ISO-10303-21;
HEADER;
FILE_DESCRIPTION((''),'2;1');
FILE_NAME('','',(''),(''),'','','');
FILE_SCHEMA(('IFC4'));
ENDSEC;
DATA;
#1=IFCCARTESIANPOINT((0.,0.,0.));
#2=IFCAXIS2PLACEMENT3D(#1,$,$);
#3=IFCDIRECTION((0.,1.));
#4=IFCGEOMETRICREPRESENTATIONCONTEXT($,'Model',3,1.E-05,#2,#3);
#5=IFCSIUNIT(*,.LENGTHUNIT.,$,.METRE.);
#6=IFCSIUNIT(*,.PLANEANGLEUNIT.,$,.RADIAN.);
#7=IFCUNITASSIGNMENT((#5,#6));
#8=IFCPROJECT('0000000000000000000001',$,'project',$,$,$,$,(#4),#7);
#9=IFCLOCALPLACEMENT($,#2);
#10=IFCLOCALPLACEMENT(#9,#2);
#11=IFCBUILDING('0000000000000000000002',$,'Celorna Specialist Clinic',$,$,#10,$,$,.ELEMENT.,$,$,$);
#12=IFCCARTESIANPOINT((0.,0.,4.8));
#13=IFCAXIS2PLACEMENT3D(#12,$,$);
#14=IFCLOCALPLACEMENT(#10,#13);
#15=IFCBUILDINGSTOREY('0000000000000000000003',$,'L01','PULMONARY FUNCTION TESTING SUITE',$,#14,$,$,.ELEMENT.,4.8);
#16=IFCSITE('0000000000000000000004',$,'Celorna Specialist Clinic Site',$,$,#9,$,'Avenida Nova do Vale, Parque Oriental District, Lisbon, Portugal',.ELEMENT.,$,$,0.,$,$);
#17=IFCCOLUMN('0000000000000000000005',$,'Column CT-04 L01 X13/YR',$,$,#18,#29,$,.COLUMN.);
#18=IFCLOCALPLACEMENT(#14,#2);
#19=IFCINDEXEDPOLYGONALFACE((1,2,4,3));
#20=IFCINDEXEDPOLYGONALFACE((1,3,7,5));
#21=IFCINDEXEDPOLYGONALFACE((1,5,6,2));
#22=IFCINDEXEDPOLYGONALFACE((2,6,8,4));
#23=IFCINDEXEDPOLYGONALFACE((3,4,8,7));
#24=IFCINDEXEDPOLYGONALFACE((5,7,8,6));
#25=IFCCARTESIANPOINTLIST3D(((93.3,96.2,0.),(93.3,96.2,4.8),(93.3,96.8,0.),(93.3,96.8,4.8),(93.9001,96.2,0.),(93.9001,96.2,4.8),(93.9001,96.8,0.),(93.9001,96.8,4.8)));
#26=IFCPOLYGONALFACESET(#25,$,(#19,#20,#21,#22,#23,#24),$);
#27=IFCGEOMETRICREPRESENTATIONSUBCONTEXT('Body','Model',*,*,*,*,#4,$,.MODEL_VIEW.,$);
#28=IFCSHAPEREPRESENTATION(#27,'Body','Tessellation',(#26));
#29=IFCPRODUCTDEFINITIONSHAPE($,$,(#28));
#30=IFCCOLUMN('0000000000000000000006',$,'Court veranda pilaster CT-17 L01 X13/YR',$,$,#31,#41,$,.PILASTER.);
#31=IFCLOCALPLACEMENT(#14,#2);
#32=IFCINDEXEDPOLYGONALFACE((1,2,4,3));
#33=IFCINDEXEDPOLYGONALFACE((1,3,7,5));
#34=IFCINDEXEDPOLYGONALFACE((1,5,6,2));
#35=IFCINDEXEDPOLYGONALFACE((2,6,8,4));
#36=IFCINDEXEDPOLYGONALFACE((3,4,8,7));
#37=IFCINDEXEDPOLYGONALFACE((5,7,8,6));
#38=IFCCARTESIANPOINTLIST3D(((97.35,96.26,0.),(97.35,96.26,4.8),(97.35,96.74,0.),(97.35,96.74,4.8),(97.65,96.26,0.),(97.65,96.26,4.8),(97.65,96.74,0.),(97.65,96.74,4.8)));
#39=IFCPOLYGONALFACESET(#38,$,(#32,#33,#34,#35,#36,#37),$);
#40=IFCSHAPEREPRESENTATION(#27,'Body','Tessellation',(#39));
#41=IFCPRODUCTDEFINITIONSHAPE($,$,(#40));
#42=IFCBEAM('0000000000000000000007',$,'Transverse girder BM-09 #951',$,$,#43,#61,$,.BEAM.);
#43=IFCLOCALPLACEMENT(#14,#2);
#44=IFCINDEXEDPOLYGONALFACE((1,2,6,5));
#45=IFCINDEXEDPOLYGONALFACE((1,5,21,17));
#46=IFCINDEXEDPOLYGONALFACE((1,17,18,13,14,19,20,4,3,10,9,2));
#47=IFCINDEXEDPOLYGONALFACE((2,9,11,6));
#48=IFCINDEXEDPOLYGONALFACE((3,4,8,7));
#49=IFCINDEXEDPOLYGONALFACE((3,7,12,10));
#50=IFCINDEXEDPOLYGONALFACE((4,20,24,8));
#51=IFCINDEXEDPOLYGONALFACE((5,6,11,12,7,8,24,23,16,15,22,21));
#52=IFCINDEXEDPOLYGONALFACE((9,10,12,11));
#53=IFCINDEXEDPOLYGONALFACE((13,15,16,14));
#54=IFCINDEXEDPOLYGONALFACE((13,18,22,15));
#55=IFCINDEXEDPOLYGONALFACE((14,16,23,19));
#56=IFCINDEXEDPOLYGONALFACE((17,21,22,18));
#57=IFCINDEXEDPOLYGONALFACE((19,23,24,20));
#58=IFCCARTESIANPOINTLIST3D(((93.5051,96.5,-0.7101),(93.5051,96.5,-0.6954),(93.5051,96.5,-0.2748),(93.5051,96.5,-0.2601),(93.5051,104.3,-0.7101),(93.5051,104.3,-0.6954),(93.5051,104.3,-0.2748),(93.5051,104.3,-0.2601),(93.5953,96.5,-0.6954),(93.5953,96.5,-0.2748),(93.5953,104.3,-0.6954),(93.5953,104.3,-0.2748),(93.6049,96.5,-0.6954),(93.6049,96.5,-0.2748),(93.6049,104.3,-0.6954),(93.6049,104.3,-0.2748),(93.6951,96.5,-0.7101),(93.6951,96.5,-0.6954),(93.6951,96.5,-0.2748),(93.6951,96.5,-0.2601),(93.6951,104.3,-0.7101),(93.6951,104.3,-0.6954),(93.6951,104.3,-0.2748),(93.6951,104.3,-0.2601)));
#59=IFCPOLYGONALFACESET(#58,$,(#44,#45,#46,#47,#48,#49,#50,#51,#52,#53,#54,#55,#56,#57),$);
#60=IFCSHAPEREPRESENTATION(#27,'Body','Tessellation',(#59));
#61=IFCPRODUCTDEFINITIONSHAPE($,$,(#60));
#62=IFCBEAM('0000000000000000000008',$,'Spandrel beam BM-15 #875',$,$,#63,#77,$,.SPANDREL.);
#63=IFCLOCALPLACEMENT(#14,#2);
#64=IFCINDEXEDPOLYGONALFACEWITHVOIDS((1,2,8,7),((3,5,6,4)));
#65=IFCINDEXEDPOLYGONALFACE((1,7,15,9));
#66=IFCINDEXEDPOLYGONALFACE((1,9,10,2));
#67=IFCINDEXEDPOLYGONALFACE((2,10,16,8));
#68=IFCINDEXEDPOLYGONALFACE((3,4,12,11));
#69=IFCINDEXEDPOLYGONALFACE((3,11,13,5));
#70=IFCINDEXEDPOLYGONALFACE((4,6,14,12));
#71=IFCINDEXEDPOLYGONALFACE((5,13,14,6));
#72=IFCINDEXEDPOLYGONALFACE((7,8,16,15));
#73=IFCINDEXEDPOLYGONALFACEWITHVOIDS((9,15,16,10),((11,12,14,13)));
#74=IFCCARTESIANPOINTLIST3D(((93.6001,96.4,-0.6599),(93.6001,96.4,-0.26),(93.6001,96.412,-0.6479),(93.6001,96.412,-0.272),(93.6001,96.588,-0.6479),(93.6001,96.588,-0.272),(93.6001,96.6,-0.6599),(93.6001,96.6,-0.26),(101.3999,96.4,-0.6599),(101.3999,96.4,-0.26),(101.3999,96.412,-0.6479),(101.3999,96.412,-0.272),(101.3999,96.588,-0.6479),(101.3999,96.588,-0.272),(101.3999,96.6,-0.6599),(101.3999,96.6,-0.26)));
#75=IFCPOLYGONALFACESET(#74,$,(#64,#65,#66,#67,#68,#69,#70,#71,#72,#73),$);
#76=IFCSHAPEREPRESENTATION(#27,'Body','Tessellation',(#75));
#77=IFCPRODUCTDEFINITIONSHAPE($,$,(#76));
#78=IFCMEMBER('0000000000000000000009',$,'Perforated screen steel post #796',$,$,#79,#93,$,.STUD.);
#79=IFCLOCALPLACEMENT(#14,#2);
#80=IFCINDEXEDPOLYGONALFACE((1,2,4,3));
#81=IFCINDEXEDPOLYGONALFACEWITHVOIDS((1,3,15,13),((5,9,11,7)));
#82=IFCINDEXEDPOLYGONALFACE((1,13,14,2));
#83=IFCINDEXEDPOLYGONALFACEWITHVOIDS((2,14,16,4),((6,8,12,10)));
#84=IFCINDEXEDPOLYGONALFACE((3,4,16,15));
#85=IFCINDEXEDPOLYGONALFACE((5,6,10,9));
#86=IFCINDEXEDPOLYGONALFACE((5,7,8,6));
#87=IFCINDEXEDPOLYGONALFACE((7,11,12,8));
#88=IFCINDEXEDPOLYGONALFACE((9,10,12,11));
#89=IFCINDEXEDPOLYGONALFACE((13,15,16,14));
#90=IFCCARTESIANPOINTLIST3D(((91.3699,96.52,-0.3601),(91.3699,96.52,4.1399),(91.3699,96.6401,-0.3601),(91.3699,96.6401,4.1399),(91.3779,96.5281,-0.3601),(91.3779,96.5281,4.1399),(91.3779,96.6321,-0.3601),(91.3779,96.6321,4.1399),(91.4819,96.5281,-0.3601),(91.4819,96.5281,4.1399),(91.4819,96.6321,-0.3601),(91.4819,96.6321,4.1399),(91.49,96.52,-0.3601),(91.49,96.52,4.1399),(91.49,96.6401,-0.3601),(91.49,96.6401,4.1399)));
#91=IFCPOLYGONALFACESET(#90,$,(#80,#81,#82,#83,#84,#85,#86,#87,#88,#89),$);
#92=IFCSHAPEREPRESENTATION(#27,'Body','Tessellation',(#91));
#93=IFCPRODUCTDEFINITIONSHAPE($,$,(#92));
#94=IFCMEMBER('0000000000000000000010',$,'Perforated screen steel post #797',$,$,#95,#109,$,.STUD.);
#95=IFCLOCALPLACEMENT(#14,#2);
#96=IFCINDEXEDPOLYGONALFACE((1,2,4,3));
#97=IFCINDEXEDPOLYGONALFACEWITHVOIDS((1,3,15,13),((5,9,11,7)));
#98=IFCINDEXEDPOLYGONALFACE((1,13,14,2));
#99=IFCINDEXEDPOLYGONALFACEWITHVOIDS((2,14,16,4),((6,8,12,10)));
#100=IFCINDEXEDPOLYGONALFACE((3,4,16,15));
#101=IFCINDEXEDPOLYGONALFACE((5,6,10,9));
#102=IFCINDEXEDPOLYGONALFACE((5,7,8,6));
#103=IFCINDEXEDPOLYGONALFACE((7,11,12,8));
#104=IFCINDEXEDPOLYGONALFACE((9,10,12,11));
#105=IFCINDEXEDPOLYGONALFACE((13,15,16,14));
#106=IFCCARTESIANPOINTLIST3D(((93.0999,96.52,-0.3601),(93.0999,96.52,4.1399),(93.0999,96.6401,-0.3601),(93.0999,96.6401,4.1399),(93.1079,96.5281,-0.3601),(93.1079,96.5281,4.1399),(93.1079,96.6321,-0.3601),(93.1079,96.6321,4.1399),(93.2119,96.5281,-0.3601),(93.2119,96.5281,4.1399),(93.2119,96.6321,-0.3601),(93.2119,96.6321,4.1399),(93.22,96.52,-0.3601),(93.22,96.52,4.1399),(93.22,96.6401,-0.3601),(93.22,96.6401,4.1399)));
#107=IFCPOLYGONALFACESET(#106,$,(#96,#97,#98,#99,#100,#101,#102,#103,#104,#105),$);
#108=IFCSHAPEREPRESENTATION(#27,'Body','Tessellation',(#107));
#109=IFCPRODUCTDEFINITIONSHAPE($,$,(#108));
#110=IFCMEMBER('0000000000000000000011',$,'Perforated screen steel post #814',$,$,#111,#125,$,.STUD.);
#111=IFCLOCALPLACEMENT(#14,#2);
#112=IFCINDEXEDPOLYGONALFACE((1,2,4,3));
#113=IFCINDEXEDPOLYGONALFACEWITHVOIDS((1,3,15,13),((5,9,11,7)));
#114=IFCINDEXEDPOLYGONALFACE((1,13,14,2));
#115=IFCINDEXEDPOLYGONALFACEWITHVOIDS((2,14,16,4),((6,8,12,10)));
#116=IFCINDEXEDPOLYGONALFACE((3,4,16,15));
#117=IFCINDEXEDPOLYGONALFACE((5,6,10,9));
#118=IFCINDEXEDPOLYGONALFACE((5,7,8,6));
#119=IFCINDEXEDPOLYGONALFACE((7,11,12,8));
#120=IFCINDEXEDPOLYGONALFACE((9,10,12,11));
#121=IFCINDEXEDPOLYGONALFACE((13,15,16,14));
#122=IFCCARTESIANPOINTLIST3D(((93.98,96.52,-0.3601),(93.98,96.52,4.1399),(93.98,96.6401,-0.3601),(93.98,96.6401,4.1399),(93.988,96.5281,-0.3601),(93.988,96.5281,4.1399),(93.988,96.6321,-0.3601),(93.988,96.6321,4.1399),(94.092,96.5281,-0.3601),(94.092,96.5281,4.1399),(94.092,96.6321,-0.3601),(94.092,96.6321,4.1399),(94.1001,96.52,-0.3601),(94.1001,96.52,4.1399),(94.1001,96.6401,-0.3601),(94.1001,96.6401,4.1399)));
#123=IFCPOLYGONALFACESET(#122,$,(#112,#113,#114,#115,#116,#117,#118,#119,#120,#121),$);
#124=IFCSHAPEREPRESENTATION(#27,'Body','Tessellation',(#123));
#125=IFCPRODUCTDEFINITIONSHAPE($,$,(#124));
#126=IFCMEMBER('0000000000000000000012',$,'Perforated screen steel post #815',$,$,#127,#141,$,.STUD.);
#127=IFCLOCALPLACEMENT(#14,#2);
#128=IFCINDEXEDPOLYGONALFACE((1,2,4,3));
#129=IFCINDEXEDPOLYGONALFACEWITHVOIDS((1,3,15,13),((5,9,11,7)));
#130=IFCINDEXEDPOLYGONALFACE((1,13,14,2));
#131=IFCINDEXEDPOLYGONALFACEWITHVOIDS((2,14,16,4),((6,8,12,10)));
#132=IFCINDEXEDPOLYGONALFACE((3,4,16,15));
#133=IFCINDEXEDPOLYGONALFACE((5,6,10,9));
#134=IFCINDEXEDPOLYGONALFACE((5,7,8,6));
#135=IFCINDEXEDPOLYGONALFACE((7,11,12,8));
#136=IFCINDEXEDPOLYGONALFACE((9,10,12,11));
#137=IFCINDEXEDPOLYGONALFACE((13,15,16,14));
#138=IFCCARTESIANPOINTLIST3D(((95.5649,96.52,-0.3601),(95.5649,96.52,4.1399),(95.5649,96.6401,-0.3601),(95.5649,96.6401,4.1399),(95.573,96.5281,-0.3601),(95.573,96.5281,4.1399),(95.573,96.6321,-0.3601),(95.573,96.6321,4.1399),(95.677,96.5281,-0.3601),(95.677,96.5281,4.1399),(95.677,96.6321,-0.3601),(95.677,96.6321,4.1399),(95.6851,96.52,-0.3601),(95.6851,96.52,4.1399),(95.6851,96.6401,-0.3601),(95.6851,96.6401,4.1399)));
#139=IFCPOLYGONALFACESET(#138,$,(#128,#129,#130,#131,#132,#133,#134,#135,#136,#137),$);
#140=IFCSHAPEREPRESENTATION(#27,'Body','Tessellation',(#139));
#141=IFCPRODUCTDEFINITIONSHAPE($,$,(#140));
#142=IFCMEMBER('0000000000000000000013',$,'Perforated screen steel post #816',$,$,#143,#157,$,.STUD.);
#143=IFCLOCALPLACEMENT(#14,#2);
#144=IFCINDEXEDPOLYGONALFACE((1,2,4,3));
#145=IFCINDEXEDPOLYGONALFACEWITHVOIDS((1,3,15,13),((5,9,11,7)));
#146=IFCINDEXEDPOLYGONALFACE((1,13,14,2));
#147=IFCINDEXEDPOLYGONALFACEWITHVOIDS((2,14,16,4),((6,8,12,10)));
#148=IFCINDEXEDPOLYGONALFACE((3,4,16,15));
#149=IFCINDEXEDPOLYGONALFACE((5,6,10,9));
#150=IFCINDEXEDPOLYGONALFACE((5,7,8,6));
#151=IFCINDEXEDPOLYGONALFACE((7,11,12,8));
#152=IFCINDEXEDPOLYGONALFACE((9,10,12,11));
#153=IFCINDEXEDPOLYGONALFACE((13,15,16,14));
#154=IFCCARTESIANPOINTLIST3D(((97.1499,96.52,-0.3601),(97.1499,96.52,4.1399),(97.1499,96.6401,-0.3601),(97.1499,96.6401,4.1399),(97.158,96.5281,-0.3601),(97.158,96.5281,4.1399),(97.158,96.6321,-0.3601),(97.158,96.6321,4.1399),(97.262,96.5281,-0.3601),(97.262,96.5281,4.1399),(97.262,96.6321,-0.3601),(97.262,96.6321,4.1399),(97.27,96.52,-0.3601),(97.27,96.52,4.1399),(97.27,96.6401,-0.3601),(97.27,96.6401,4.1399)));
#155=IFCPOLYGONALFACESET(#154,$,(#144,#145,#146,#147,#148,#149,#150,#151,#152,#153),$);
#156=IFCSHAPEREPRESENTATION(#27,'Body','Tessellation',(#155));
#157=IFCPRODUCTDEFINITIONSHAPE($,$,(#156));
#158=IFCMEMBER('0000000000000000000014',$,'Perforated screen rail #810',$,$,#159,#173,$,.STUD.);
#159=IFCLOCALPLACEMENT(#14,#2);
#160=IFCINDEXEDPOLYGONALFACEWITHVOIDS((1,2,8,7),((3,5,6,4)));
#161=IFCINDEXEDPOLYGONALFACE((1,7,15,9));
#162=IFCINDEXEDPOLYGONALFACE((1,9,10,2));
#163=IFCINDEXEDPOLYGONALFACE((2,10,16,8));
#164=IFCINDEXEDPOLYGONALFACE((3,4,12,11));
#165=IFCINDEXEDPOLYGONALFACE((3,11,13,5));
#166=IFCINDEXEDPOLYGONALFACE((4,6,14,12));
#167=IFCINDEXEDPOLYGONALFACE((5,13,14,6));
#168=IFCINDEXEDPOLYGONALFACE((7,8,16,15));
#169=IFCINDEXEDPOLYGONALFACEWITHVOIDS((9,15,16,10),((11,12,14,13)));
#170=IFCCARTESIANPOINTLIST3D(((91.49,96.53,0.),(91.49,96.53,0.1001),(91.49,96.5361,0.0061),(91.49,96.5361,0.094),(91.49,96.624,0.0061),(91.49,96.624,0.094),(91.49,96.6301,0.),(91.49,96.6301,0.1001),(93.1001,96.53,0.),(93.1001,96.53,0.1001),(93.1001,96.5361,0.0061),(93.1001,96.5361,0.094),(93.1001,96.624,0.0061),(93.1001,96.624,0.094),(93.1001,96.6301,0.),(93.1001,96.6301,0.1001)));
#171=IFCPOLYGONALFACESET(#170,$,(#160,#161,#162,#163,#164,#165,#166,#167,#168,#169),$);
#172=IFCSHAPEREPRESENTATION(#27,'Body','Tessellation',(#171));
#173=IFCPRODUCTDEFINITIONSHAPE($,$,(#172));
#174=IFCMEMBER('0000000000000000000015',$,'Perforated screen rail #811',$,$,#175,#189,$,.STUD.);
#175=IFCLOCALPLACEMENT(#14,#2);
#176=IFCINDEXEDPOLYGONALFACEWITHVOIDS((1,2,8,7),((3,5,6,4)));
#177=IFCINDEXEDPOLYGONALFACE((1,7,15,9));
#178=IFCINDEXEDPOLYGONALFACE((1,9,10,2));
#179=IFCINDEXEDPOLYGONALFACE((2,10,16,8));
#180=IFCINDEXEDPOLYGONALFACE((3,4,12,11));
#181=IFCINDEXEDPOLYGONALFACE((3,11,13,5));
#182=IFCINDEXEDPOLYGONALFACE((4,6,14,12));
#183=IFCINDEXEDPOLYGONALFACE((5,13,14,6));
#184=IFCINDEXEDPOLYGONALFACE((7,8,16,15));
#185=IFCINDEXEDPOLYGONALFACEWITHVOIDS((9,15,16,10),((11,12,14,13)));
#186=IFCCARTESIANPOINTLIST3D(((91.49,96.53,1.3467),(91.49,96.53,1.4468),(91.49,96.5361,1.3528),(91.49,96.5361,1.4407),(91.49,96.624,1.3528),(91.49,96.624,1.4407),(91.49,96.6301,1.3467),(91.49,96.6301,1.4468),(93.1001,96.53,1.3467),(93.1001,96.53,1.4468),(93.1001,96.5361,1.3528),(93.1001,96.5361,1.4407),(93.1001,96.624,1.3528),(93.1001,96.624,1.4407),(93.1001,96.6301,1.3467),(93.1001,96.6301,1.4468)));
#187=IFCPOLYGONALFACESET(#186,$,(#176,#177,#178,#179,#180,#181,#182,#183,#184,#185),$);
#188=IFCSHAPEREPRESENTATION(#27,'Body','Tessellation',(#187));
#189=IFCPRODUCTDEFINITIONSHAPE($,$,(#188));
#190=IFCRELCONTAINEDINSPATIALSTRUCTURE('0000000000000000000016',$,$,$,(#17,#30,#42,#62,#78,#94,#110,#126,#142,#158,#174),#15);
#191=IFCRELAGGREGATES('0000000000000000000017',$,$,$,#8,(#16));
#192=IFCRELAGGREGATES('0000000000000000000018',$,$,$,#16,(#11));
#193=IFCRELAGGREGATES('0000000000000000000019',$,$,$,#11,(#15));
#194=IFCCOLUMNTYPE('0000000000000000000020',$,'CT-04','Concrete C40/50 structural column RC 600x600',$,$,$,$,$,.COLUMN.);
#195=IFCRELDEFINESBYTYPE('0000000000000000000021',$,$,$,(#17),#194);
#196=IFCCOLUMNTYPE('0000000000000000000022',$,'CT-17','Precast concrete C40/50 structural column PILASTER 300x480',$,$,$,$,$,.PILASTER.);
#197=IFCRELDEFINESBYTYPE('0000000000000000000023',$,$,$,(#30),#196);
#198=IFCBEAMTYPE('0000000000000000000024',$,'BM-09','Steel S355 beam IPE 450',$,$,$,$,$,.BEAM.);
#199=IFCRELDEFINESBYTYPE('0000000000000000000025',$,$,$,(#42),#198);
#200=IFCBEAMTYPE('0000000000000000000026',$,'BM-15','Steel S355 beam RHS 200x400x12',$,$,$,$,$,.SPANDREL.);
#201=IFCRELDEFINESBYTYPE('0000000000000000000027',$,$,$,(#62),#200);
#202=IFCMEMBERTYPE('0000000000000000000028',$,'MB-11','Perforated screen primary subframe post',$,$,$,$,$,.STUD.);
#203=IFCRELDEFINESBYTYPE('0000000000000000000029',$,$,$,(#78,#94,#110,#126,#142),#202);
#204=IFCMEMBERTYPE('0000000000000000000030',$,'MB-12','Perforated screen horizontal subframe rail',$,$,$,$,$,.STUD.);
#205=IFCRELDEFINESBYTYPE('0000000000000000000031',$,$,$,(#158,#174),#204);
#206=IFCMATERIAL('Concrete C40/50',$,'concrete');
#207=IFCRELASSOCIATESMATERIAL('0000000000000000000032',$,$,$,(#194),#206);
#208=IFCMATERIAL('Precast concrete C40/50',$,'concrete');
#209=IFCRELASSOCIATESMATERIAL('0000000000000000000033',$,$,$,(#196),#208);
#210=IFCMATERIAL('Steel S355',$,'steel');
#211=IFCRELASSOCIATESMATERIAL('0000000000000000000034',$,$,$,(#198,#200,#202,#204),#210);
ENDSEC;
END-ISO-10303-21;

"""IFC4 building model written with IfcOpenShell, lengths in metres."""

from ifc_helpers import new_model, si_unit, direction, frame, origin, origin_2d, place, context, subcontext, project, spatial, rectangle, hollow_rectangle, i_section, extrude, material, material_profile, profile_set, type_object, element, save


model = new_model("IFC4")

# Units and contexts
model_context = context("Model", 3, precision=1e-05, world=origin(), true_north=direction((0.0, 1.0)))
body_context = subcontext(model_context, "Body", "Model", "MODEL_VIEW")
ifc_project = project(units=[si_unit("LENGTHUNIT", "METRE"), si_unit("PLANEANGLEUNIT", "RADIAN")], contexts=[model_context])

# Site, building, storey
site_placement = place(None, origin())
site = spatial("IfcSite", under=ifc_project, at=site_placement, Name="Celorna Specialist Clinic Site", LongName="Avenida Nova do Vale, Parque Oriental District, Lisbon, Portugal", CompositionType="ELEMENT", RefElevation=0.0)
building_placement = place(site_placement, origin())
building = spatial("IfcBuilding", under=site, at=building_placement, Name="Celorna Specialist Clinic", CompositionType="ELEMENT")
storey_placement = place(building_placement, frame((0.0, 0.0, 4.8)))
storey = spatial("IfcBuildingStorey", under=building, at=storey_placement, Name="L01", Description="PULMONARY FUNCTION TESTING SUITE", CompositionType="ELEMENT", Elevation=4.8)

# Columns
ifc_material_1 = material(Name="Concrete C40/50", Category="concrete")
ifc_material_profile_1 = material_profile(ifc_material_1, rectangle(XDim=0.6001, YDim=0.6001, at=origin_2d()), Name="RC 600x600")
ifc_profile_set_1 = profile_set([ifc_material_profile_1], Name="Concrete C40/50")
column_type_1 = type_object("IfcColumnType", Name="CT-04", Description="Concrete C40/50 structural column RC 600x600", PredefinedType="COLUMN", material=ifc_profile_set_1)
column_1_placement = place(storey_placement, frame((93.6001, 96.5, 0.0), z_axis=(0.0, 0.0, 1.0), x_axis=(1.0, 0.0, 0.0)))
element("IfcColumn", 1, at=column_1_placement, inside=storey, type_object=column_type_1, Name="Column CT-04 L01 X13/YR", PredefinedType="COLUMN", context=body_context, shape_type="SweptSolid", body=[
    extrude(rectangle(XDim=0.6001, YDim=0.6001, at=origin_2d()), origin(), (0.0, 0.0, 1.0), 4.8),
])
ifc_material_2 = material(Name="Precast concrete C40/50", Category="concrete")
ifc_material_profile_2 = material_profile(ifc_material_2, rectangle(XDim=0.3, YDim=0.48, at=origin_2d()), Name="PILASTER 300x480")
ifc_profile_set_2 = profile_set([ifc_material_profile_2], Name="Precast concrete C40/50")
column_type_2 = type_object("IfcColumnType", Name="CT-17", Description="Precast concrete C40/50 structural column PILASTER 300x480", PredefinedType="PILASTER", material=ifc_profile_set_2)
column_2_placement = place(storey_placement, frame((97.5, 96.5, 0.0), z_axis=(0.0, 0.0, 1.0), x_axis=(1.0, 0.0, 0.0)))
element("IfcColumn", 2, at=column_2_placement, inside=storey, type_object=column_type_2, Name="Court veranda pilaster CT-17 L01 X13/YR", PredefinedType="PILASTER", context=body_context, shape_type="SweptSolid", body=[
    extrude(rectangle(XDim=0.3, YDim=0.48, at=origin_2d()), origin(), (0.0, 0.0, 1.0), 4.8),
])

# Beams
ifc_material_3 = material(Name="Steel S355", Category="steel")
ifc_material_profile_3 = material_profile(ifc_material_3, i_section(OverallWidth=0.1899, OverallDepth=0.45, WebThickness=0.0095, FlangeThickness=0.0146, at=origin_2d()), Name="IPE 450")
ifc_profile_set_3 = profile_set([ifc_material_profile_3], Name="Steel S355")
beam_type_1 = type_object("IfcBeamType", Name="BM-09", Description="Steel S355 beam IPE 450", PredefinedType="BEAM", material=ifc_profile_set_3)
beam_1_placement = place(storey_placement, frame((93.6001, 96.5, -0.4851), z_axis=(0.0, 1.0, 0.0), x_axis=(-1.0, 0.0, 0.0)))
element("IfcBeam", 3, at=beam_1_placement, inside=storey, type_object=beam_type_1, Name="Transverse girder BM-09 #951", PredefinedType="BEAM", context=body_context, shape_type="SweptSolid", body=[
    extrude(i_section(OverallWidth=0.1899, OverallDepth=0.45, WebThickness=0.0095, FlangeThickness=0.0146, at=origin_2d()), origin(), (0.0, 0.0, 1.0), 7.8),
])
ifc_material_profile_4 = material_profile(ifc_material_3, hollow_rectangle(XDim=0.2, YDim=0.3999, WallThickness=0.012, at=origin_2d()), Name="RHS 200x400x12")
ifc_profile_set_4 = profile_set([ifc_material_profile_4], Name="Steel S355")
beam_type_2 = type_object("IfcBeamType", Name="BM-15", Description="Steel S355 beam RHS 200x400x12", PredefinedType="SPANDREL", material=ifc_profile_set_4)
beam_2_placement = place(storey_placement, frame((93.6001, 96.5, -0.46), z_axis=(1.0, 0.0, 0.0), x_axis=(0.0, 1.0, 0.0)))
element("IfcBeam", 4, at=beam_2_placement, inside=storey, type_object=beam_type_2, Name="Spandrel beam BM-15 #875", PredefinedType="SPANDREL", context=body_context, shape_type="SweptSolid", body=[
    extrude(hollow_rectangle(XDim=0.2, YDim=0.3999, WallThickness=0.012, at=origin_2d()), origin(), (0.0, 0.0, 1.0), 7.7998),
])

# Members
ifc_material_profile_5 = material_profile(ifc_material_3, hollow_rectangle(XDim=0.1201, YDim=0.1201, WallThickness=0.0081, at=origin_2d()), Name="SHS 120x120x8")
ifc_profile_set_5 = profile_set([ifc_material_profile_5], Name="Steel S355")
member_type_1 = type_object("IfcMemberType", Name="MB-11", Description="Perforated screen primary subframe post", PredefinedType="STUD", material=ifc_profile_set_5)
for number, where, z_axis, x_axis, name in (
    (5, (91.4299, 96.5801, -0.3601), (0.0, 0.0, 1.0), (1.0, 0.0, 0.0), "Perforated screen steel post #796"),
    (6, (93.1599, 96.5801, -0.3601), (0.0, 0.0, 1.0), (1.0, 0.0, 0.0), "Perforated screen steel post #797"),
    (7, (94.04, 96.5801, -0.3601), (0.0, 0.0, 1.0), (1.0, 0.0, 0.0), "Perforated screen steel post #814"),
    (8, (95.625, 96.5801, -0.3601), (0.0, 0.0, 1.0), (1.0, 0.0, 0.0), "Perforated screen steel post #815"),
    (9, (97.21, 96.5801, -0.3601), (0.0, 0.0, 1.0), (1.0, 0.0, 0.0), "Perforated screen steel post #816"),
):
    element("IfcMember", number, at=place(storey_placement, frame(where, z_axis=z_axis, x_axis=x_axis)), inside=storey, type_object=member_type_1, Name=name, PredefinedType="STUD", context=body_context, shape_type="SweptSolid", body=[
        extrude(hollow_rectangle(XDim=0.1201, YDim=0.1201, WallThickness=0.0081, at=origin_2d()), origin(), (0.0, 0.0, 1.0), 4.5),
    ])
ifc_material_profile_6 = material_profile(ifc_material_3, hollow_rectangle(XDim=0.1001, YDim=0.1001, WallThickness=0.0061, at=origin_2d()), Name="SHS 100x100x6")
ifc_profile_set_6 = profile_set([ifc_material_profile_6], Name="Steel S355")
member_type_2 = type_object("IfcMemberType", Name="MB-12", Description="Perforated screen horizontal subframe rail", PredefinedType="STUD", material=ifc_profile_set_6)
for number, where, z_axis, x_axis, name in (
    (10, (91.49, 96.5801, 0.05), (1.0, 0.0, 0.0), (0.0, 1.0, 0.0), "Perforated screen rail #810"),
    (11, (91.49, 96.5801, 1.3967), (1.0, 0.0, 0.0), (0.0, 1.0, 0.0), "Perforated screen rail #811"),
):
    element("IfcMember", number, at=place(storey_placement, frame(where, z_axis=z_axis, x_axis=x_axis)), inside=storey, type_object=member_type_2, Name=name, PredefinedType="STUD", context=body_context, shape_type="SweptSolid", body=[
        extrude(hollow_rectangle(XDim=0.1001, YDim=0.1001, WallThickness=0.0061, at=origin_2d()), origin(), (0.0, 0.0, 1.0), 1.6101),
    ])

save(model, "model.ifc")
